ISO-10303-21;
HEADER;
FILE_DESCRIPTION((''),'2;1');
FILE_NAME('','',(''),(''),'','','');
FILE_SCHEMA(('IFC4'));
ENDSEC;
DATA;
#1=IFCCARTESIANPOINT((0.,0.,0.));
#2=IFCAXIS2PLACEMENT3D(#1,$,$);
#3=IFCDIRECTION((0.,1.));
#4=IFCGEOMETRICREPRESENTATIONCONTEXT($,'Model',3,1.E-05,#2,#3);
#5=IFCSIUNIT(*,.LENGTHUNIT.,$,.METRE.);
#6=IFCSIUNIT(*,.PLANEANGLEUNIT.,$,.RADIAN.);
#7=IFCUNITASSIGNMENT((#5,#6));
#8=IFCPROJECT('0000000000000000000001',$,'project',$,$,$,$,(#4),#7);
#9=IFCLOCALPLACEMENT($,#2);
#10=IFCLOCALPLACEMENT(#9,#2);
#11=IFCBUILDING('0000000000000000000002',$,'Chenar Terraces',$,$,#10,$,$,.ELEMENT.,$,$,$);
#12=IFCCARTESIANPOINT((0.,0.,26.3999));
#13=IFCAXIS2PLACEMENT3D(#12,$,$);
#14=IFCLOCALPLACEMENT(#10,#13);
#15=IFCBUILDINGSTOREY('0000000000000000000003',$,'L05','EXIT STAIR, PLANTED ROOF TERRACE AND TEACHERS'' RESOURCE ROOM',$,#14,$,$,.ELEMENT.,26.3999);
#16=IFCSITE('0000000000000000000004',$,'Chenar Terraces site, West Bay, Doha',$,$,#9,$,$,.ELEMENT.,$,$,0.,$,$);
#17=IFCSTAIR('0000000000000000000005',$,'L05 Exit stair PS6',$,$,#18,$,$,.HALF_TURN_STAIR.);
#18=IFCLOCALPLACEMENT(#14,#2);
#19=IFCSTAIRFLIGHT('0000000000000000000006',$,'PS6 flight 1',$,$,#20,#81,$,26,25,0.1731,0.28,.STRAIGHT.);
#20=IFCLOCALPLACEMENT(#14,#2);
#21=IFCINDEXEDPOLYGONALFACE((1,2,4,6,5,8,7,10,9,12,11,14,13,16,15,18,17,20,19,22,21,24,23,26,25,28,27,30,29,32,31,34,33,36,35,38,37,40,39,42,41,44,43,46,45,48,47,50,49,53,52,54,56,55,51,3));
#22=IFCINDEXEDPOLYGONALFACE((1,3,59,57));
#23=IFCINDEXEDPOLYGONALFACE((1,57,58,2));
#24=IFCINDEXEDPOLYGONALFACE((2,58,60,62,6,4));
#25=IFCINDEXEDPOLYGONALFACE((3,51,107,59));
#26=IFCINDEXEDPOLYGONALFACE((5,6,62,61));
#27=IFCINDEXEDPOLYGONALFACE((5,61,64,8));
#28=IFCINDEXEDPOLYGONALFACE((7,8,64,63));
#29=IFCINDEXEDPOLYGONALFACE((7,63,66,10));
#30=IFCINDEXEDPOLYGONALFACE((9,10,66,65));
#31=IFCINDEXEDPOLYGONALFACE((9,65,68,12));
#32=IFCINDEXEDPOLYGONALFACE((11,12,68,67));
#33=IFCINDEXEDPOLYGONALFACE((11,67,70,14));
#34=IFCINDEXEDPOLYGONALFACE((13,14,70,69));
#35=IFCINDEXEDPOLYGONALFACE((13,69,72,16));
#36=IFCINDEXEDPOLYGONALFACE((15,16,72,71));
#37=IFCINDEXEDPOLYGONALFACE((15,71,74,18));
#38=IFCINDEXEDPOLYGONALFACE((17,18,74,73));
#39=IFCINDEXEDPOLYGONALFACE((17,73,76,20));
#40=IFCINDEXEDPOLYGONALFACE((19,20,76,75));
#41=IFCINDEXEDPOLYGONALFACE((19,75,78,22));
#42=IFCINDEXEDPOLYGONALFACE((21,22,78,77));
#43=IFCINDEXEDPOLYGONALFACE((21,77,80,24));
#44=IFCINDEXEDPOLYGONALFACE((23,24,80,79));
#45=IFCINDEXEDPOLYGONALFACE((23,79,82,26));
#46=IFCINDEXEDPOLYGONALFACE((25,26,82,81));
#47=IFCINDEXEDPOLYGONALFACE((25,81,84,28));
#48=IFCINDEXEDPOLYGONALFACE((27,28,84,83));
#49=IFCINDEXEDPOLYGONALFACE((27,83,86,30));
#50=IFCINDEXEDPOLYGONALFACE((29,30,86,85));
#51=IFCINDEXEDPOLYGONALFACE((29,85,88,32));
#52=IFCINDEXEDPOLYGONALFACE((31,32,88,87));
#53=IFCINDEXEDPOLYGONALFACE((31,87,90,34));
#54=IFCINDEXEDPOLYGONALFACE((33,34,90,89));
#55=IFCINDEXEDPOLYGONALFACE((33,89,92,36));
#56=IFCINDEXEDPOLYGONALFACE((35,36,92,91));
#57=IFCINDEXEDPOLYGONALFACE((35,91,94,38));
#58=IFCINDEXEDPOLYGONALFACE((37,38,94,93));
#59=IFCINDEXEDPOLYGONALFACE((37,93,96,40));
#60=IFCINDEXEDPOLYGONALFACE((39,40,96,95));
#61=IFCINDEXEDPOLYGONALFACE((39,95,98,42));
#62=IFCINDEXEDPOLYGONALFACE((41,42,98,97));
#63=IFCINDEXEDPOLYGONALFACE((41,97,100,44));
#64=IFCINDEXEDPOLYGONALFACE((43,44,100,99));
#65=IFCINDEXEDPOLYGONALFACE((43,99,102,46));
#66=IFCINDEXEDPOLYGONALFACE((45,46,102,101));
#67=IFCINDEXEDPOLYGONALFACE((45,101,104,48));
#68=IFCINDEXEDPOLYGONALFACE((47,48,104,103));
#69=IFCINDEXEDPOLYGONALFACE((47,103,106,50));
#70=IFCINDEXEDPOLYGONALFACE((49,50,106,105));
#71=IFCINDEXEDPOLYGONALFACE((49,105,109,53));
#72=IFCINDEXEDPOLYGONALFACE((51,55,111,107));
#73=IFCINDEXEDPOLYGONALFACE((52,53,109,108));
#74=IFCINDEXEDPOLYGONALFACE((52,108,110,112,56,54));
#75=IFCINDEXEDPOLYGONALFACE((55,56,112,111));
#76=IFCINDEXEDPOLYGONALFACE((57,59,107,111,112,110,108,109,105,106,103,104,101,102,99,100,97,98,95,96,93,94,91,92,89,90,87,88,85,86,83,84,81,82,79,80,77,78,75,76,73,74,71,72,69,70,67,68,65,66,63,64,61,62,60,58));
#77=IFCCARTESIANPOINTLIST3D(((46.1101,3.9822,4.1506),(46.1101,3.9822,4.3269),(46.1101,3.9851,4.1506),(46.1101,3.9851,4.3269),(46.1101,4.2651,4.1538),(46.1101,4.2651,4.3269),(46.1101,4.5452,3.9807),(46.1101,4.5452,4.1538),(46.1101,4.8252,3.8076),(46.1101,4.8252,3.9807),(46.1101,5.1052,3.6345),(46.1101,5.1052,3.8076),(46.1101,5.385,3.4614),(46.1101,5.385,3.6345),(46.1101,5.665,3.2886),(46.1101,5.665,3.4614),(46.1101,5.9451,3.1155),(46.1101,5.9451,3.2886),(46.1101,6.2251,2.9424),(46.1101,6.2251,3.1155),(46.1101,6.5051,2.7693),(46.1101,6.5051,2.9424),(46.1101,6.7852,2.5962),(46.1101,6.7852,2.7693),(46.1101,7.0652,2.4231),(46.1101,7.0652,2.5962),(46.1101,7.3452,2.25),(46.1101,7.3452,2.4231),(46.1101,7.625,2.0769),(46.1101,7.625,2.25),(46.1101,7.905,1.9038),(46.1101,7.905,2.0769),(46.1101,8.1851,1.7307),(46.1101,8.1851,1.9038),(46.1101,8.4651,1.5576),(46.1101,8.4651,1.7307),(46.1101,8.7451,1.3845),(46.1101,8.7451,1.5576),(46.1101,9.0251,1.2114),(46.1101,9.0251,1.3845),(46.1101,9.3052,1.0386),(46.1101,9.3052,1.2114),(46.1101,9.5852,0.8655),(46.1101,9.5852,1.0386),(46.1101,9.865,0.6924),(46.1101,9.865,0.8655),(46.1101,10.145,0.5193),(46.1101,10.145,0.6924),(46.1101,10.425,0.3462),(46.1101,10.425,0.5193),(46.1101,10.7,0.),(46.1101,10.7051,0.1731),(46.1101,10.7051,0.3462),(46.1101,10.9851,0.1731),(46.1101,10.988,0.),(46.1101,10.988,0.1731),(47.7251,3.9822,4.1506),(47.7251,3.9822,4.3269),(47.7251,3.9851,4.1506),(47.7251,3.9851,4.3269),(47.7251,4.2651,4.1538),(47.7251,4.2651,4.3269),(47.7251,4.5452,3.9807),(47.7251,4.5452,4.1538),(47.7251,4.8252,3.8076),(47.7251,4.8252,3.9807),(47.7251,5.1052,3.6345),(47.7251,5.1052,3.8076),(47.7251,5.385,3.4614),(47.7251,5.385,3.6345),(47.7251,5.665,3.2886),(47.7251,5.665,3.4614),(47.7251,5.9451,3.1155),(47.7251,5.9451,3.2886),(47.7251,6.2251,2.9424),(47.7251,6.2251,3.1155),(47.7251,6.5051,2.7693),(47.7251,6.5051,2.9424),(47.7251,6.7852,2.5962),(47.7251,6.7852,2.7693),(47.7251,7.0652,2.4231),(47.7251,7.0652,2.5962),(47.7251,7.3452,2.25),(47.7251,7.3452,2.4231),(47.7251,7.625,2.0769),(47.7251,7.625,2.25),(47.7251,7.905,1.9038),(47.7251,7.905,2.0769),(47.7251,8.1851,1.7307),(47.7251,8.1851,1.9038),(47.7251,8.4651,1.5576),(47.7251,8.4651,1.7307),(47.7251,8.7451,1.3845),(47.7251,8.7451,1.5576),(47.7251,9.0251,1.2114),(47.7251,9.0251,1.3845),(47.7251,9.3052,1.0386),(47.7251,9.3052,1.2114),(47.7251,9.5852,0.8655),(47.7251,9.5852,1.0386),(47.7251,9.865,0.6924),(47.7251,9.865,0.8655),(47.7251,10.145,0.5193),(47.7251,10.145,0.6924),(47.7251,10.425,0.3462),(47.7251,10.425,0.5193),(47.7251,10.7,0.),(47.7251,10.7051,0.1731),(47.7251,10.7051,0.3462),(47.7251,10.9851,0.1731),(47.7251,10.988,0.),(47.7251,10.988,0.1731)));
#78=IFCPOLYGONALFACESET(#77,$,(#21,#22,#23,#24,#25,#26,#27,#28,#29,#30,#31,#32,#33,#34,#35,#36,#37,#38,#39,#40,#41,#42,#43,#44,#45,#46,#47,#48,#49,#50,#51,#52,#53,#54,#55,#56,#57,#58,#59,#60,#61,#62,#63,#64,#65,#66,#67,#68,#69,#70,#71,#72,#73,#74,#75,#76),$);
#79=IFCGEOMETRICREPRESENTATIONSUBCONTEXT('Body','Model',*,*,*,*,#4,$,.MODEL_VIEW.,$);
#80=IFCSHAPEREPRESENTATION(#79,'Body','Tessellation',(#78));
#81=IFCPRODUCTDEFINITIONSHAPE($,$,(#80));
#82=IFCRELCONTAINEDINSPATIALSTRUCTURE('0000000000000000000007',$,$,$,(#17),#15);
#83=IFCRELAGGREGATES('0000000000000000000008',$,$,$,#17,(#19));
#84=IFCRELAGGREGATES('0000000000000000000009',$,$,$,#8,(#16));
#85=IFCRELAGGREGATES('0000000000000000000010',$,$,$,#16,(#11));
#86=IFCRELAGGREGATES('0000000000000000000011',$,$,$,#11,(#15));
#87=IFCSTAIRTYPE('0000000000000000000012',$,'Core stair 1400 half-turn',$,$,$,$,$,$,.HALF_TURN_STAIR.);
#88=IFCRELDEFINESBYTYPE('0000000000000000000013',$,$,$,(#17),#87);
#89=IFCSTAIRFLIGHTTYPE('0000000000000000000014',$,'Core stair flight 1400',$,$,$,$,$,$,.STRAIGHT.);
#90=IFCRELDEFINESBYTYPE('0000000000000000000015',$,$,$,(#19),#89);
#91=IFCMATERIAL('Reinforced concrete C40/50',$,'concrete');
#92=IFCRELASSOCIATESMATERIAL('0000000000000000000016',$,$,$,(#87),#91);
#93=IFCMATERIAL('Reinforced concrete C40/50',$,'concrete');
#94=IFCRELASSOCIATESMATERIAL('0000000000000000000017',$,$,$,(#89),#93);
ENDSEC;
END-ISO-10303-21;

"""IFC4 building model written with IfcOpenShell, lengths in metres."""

from ifc_helpers import new_model, si_unit, direction, frame, origin, place, context, subcontext, project, spatial, polyline, outline, extrude, material, type_object, element, aggregate, save


model = new_model("IFC4")

# Units and contexts
model_context = context("Model", 3, precision=1e-05, world=origin(), true_north=direction((0.0, 1.0)))
body_context = subcontext(model_context, "Body", "Model", "MODEL_VIEW")
ifc_project = project(units=[si_unit("LENGTHUNIT", "METRE"), si_unit("PLANEANGLEUNIT", "RADIAN")], contexts=[model_context])

# Site, building, storey
site_placement = place(None, origin())
site = spatial("IfcSite", under=ifc_project, at=site_placement, Name="Chenar Terraces site, West Bay, Doha", CompositionType="ELEMENT", RefElevation=0.0)
building_placement = place(site_placement, origin())
building = spatial("IfcBuilding", under=site, at=building_placement, Name="Chenar Terraces", CompositionType="ELEMENT")
storey_placement = place(building_placement, frame((0.0, 0.0, 26.3999)))
storey = spatial("IfcBuildingStorey", under=building, at=storey_placement, Name="L05", Description="EXIT STAIR, PLANTED ROOF TERRACE AND TEACHERS' RESOURCE ROOM", CompositionType="ELEMENT", Elevation=26.3999)

# Stair, stair flight
ifc_material_1 = material(Name="Reinforced concrete C40/50", Category="concrete")
stair_type = type_object("IfcStairType", Name="Core stair 1400 half-turn", PredefinedType="HALF_TURN_STAIR", material=ifc_material_1)
placement = place(storey_placement, origin())
ifc_material_2 = material(Name="Reinforced concrete C40/50", Category="concrete")
stair_flight_type = type_object("IfcStairFlightType", Name="Core stair flight 1400", PredefinedType="STRAIGHT", material=ifc_material_2)
stair_1 = element("IfcStair", 1, at=placement, inside=storey, type_object=stair_type, Name="L05 Exit stair PS6", PredefinedType="HALF_TURN_STAIR")
stair_flight_1_placement = place(storey_placement, frame((46.9175, 10.9851, 0.0), z_axis=(0.0, 0.0, 1.0), x_axis=(0.0, -1.0, 0.0)))
stair_flight_1 = element("IfcStairFlight", 2, at=stair_flight_1_placement, type_object=stair_flight_type, Name="PS6 flight 1", NumberOfRisers=26, NumberOfTreads=25, PredefinedType="STRAIGHT", RiserHeight=0.1731, TreadLength=0.28, context=body_context, shape_type="SweptSolid", body=[
    extrude(outline(polyline([(-0.0029, 0.0), (-0.0029, 0.1731), (0.0, 0.1731), (0.28, 0.1731), (0.28, 0.3462), (0.5601, 0.3462), (0.5601, 0.5193), (0.8401, 0.5193), (0.8401, 0.6924), (1.1201, 0.6924), (1.1201, 0.8655), (1.3999, 0.8655), (1.3999, 1.0386), (1.6799, 1.0386), (1.6799, 1.2114), (1.96, 1.2114), (1.96, 1.3845), (2.24, 1.3845), (2.24, 1.5576), (2.52, 1.5576), (2.52, 1.7307), (2.8, 1.7307), (2.8, 1.9038), (3.0801, 1.9038), (3.0801, 2.0769), (3.3601, 2.0769), (3.3601, 2.25), (3.6399, 2.25), (3.6399, 2.4231), (3.9199, 2.4231), (3.9199, 2.5962), (4.2, 2.5962), (4.2, 2.7693), (4.48, 2.7693), (4.48, 2.9424), (4.76, 2.9424), (4.76, 3.1155), (5.04, 3.1155), (5.04, 3.2886), (5.3201, 3.2886), (5.3201, 3.4614), (5.6001, 3.4614), (5.6001, 3.6345), (5.8799, 3.6345), (5.8799, 3.8076), (6.1599, 3.8076), (6.1599, 3.9807), (6.4399, 3.9807), (6.4399, 4.1538), (6.72, 4.1538), (6.72, 4.3269), (7.0, 4.3269), (7.0029, 4.3269), (7.0029, 4.1506), (7.0, 4.1506), (0.2852, 0.0), (-0.0029, 0.0)])), frame((0.0, 0.8076, 0.0), z_axis=(0.0, -1.0, 0.0), x_axis=(1.0, 0.0, 0.0)), (0.0, 0.0, 1.0), 1.615),
])
aggregate(stair_1, [stair_flight_1])

save(model, "model.ifc")
